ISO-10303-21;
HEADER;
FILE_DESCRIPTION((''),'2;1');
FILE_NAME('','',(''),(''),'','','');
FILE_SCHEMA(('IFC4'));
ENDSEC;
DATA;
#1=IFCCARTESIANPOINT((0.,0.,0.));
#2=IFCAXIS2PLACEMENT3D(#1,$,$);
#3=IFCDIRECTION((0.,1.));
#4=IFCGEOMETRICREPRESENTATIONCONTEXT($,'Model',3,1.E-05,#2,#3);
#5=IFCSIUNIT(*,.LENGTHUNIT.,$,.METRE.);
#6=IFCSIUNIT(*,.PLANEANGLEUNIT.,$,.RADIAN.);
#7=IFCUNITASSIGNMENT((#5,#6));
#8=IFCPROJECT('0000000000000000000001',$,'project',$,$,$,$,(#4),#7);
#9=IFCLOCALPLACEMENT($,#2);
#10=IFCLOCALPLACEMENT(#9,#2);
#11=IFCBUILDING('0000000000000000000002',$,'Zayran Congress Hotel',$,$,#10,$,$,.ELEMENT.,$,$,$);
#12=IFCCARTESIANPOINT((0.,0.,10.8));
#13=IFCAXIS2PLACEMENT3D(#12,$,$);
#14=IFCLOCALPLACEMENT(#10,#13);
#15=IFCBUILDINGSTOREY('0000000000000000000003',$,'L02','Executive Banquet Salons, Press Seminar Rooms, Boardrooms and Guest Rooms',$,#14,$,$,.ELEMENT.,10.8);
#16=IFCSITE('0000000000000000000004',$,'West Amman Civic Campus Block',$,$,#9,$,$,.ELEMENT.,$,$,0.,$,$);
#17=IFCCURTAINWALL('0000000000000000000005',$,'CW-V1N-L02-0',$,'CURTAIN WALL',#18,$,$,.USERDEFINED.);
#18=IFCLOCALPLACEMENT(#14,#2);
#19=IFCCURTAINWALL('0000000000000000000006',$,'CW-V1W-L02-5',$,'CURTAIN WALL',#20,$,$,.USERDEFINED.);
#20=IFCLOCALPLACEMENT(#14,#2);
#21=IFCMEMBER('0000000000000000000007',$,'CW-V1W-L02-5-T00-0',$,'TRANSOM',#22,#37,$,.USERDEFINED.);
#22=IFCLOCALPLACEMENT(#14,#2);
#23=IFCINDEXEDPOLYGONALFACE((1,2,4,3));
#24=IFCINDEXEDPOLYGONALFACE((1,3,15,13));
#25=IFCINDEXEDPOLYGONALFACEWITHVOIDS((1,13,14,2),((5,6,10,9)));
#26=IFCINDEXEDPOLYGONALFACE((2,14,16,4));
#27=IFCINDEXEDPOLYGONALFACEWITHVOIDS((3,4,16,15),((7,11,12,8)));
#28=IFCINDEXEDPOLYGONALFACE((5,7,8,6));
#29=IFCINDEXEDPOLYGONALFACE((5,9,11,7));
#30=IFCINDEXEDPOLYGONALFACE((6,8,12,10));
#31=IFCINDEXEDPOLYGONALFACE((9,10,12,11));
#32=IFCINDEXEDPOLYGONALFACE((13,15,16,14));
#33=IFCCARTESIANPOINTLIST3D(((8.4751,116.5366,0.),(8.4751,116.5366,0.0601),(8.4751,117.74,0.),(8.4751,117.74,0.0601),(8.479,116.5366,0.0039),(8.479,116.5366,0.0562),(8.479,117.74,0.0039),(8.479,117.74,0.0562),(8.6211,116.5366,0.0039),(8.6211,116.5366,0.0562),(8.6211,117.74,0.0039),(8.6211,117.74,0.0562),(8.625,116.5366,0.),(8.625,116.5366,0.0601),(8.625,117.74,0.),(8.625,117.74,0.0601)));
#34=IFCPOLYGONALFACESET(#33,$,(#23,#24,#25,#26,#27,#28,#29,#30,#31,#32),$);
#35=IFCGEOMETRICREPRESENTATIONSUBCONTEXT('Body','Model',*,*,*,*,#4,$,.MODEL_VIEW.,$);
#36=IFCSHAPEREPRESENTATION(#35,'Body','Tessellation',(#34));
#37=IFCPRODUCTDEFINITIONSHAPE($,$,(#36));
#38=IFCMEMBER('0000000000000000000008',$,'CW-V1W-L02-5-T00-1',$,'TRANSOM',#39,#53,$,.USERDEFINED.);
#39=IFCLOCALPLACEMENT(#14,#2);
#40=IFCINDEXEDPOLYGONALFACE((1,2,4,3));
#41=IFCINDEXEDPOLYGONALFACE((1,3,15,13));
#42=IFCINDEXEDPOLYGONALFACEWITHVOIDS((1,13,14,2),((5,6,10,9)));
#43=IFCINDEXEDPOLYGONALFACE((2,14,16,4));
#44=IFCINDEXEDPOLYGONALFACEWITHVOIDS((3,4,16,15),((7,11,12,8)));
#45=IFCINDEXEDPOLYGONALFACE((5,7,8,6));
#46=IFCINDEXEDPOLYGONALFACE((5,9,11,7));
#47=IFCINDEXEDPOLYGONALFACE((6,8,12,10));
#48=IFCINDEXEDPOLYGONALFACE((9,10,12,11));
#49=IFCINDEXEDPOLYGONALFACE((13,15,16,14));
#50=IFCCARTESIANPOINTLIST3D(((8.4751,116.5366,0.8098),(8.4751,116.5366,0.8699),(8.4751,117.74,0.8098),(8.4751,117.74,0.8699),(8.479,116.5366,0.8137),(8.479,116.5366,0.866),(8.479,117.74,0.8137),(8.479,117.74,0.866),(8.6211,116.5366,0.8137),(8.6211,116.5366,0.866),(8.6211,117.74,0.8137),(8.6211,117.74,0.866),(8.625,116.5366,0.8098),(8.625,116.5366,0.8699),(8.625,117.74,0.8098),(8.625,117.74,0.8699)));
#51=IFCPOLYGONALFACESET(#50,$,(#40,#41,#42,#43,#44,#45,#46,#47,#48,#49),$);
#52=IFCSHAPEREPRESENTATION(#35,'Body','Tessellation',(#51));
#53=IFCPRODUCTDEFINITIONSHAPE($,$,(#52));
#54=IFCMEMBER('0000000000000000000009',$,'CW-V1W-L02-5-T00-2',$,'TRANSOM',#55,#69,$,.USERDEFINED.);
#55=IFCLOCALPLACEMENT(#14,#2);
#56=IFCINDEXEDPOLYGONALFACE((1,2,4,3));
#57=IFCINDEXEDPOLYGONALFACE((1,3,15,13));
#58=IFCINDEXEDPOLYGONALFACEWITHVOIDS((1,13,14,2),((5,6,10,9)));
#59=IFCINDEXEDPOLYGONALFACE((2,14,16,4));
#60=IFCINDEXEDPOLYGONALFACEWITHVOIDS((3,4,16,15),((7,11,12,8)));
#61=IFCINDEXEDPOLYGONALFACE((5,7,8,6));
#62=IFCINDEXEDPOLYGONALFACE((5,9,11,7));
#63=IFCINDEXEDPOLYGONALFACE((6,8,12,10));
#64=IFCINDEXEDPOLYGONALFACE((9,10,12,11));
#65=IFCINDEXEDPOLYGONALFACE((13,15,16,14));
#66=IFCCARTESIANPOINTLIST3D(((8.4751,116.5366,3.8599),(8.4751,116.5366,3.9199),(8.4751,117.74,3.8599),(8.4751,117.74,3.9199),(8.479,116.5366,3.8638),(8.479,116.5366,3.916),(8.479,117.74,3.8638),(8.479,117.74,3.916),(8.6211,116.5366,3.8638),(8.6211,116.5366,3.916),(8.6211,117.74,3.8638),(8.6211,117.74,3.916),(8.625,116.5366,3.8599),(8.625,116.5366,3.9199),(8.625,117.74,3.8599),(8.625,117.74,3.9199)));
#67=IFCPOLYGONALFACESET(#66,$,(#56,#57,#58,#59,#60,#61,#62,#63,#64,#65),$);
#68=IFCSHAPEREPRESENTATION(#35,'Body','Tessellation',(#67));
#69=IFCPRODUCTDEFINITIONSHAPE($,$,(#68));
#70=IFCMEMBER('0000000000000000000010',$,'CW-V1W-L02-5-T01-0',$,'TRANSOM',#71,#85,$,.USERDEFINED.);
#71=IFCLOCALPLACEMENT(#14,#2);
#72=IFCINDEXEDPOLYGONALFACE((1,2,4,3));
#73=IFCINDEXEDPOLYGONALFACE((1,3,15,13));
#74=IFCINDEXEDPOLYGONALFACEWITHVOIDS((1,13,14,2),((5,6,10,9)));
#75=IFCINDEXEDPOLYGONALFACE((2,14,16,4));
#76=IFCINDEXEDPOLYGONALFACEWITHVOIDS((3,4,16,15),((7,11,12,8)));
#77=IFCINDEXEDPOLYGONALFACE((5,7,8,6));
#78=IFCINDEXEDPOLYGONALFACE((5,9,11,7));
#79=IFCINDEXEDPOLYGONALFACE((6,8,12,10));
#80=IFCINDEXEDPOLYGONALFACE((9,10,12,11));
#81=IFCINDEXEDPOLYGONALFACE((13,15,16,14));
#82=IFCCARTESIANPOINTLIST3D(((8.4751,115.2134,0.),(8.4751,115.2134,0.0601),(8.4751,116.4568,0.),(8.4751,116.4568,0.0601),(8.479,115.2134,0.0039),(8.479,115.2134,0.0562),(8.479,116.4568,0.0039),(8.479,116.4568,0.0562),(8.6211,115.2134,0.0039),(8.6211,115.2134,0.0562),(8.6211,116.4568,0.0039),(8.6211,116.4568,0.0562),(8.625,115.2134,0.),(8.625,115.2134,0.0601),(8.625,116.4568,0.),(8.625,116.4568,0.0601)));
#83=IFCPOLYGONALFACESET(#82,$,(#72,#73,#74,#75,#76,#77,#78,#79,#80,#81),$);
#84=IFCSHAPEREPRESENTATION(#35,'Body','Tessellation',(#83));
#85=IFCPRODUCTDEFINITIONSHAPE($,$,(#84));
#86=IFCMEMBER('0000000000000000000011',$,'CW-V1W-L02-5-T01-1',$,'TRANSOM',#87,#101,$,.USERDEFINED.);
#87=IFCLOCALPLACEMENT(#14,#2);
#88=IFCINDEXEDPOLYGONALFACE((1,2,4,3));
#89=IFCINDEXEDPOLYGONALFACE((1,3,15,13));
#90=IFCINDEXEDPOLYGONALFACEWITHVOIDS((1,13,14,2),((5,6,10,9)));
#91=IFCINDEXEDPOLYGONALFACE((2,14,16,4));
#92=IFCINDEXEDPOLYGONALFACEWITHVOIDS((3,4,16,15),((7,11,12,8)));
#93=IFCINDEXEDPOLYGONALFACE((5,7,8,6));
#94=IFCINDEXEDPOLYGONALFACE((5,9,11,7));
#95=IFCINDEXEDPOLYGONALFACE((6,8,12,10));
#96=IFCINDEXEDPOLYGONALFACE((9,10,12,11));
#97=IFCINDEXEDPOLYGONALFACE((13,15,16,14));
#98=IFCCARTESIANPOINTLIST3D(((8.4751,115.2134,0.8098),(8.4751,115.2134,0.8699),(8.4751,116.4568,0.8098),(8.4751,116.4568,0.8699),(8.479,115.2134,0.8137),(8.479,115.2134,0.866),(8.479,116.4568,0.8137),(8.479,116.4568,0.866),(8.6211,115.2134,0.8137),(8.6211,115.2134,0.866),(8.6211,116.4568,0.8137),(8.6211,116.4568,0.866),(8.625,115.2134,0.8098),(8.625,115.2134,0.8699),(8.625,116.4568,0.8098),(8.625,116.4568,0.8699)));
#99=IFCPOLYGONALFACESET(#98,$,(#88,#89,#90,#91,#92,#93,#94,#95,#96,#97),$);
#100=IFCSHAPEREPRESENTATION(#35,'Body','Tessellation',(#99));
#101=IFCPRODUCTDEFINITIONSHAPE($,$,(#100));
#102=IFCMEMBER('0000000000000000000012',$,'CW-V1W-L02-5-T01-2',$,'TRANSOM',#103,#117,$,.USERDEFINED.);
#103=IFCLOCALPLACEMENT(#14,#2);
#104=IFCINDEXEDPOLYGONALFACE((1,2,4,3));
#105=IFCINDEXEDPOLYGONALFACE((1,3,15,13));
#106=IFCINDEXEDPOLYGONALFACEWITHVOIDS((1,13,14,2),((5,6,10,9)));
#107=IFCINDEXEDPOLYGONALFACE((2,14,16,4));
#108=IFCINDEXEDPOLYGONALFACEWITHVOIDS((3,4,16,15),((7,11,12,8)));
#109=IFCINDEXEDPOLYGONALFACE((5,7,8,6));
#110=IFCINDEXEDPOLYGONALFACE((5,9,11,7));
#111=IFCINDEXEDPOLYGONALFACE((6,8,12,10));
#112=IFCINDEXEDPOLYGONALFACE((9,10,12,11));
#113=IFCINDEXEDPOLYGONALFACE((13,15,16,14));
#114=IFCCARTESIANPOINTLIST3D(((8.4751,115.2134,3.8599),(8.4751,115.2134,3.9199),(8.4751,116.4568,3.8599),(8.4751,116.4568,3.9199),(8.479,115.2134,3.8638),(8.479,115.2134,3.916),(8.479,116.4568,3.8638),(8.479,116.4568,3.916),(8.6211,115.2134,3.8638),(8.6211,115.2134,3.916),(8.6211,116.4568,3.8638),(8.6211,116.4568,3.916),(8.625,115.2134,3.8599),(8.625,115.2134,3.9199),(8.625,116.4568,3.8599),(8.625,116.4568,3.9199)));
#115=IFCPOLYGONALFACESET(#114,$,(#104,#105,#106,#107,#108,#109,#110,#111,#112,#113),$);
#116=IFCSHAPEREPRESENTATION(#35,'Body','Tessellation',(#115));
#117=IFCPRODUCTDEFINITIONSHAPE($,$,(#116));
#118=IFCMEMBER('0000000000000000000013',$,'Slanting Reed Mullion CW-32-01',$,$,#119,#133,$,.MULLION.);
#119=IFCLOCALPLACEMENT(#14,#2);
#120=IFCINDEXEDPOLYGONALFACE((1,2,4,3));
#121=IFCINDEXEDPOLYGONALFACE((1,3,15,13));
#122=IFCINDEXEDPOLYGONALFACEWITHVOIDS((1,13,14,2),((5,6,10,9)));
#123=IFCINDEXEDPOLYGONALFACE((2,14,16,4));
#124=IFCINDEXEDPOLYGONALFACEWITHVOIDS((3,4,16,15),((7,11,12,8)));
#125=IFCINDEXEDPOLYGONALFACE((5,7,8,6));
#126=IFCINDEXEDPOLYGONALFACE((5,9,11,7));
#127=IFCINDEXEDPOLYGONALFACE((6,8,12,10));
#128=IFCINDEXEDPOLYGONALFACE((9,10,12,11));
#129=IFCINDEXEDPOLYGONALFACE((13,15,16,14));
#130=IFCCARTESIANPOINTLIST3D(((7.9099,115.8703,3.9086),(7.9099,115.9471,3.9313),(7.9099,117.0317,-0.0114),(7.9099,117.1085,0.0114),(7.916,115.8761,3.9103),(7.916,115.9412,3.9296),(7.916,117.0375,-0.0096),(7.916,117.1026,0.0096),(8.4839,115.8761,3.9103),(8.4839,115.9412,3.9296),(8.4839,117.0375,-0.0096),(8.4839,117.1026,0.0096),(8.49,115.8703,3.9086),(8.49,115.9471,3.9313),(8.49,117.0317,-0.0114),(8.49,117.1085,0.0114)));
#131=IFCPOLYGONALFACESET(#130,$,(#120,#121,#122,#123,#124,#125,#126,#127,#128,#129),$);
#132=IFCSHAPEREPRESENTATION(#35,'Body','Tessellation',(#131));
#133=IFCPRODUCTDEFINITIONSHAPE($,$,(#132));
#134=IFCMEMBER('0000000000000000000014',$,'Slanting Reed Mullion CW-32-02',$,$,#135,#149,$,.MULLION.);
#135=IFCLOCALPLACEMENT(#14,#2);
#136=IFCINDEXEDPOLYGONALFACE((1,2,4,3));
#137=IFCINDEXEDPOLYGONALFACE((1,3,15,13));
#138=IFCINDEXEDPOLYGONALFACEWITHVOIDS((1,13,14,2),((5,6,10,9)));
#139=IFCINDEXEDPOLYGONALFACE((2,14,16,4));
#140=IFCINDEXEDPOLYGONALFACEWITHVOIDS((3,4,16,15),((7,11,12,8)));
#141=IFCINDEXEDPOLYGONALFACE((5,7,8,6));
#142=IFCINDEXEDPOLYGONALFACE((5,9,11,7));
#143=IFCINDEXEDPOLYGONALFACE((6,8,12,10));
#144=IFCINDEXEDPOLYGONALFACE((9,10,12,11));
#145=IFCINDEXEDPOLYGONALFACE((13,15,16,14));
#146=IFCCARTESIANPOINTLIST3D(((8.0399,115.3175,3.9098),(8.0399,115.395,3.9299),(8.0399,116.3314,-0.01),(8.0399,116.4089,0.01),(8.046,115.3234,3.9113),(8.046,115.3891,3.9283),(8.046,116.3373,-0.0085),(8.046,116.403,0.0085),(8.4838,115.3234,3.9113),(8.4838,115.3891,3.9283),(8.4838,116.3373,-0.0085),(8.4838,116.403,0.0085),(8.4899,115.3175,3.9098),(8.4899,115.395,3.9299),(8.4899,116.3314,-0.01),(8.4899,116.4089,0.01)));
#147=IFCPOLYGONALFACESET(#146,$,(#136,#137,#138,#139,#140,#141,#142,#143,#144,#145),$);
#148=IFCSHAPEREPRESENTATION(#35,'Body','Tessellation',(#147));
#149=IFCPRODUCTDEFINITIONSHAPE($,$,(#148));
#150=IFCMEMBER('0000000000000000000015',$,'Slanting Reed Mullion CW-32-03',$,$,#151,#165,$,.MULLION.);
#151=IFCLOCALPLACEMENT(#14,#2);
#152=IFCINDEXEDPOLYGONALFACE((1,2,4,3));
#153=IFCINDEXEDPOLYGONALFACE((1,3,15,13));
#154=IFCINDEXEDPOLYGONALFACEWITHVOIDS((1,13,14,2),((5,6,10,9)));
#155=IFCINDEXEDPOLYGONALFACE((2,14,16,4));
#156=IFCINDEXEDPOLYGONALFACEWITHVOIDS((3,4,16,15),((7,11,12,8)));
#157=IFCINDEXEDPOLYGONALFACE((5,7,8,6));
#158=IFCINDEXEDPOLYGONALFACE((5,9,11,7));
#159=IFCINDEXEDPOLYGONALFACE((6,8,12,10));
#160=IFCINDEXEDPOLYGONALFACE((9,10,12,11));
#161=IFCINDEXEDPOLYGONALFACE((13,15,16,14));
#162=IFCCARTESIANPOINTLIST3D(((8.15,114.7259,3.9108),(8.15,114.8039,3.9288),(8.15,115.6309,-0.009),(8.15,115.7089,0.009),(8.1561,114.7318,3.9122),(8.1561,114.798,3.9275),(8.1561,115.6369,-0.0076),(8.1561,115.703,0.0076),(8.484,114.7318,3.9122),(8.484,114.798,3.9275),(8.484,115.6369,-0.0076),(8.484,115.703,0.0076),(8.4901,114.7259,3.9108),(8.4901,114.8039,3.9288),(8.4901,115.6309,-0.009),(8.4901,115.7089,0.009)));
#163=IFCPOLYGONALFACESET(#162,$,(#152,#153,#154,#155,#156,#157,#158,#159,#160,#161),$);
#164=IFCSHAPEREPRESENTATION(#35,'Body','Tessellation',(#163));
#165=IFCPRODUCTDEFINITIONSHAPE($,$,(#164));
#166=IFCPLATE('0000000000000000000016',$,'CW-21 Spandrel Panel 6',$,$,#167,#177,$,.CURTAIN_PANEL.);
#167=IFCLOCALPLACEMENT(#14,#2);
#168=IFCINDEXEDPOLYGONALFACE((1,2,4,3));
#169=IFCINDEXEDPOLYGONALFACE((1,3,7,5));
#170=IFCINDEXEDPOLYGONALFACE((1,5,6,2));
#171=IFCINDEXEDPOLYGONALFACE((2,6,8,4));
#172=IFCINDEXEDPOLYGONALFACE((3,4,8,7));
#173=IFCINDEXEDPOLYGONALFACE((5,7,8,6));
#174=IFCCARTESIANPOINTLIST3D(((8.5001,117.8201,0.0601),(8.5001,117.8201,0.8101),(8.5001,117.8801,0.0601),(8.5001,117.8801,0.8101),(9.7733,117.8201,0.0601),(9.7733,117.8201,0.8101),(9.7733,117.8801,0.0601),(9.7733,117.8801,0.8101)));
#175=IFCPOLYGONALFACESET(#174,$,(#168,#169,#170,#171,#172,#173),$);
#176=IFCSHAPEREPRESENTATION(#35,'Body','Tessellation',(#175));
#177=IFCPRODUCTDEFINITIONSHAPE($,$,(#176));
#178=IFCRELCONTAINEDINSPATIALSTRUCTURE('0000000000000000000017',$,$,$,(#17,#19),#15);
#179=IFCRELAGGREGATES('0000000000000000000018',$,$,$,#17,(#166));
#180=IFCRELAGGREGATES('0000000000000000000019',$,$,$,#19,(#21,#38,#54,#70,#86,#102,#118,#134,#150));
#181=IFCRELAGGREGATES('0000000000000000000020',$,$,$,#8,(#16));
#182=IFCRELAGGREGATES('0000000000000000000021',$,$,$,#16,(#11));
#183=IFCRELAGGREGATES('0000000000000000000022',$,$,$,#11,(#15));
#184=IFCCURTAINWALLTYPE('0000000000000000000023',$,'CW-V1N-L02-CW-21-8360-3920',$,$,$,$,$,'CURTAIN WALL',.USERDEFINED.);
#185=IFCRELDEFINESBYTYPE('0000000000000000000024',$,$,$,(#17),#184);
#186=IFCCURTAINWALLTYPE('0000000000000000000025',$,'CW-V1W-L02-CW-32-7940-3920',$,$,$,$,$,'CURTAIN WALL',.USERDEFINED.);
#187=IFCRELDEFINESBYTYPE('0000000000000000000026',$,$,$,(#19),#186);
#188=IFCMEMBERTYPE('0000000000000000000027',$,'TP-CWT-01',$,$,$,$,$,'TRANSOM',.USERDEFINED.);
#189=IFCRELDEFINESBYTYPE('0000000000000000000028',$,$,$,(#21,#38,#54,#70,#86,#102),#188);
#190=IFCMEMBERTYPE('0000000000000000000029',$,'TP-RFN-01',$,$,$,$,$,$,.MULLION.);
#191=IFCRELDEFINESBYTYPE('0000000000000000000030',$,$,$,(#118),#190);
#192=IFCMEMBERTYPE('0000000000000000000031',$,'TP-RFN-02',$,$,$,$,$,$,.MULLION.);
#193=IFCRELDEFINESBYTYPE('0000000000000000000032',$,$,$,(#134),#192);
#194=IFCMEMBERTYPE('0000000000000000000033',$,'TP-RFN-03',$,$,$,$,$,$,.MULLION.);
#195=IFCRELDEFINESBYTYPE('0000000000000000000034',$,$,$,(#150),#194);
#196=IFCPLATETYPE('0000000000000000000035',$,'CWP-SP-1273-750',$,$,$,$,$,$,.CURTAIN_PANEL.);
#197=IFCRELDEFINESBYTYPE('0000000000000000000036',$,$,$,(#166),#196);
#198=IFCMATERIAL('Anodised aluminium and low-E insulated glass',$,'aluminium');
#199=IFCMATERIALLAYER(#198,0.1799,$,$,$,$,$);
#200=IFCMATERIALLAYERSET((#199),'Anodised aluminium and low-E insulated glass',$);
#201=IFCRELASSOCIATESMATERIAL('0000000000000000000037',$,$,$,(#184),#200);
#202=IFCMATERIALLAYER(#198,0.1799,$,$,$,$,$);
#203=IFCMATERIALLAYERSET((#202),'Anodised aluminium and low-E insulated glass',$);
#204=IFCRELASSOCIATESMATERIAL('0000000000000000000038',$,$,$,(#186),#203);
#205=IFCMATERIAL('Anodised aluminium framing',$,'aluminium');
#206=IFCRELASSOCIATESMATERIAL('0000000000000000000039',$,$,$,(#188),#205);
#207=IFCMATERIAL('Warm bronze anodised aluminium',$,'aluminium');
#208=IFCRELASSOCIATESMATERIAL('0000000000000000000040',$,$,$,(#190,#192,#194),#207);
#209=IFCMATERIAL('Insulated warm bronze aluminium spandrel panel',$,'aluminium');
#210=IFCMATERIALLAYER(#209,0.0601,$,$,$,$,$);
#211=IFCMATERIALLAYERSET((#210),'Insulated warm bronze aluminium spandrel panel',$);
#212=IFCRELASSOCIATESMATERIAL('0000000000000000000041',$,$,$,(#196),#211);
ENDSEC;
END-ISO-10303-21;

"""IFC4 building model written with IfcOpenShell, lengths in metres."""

from ifc_helpers import new_model, si_unit, direction, frame, origin, origin_2d, place, context, subcontext, project, spatial, rectangle, hollow_rectangle, extrude, material, layer, layer_set, material_profile, profile_set, type_object, element, aggregate, save


model = new_model("IFC4")

# Units and contexts
model_context = context("Model", 3, precision=1e-05, world=origin(), true_north=direction((0.0, 1.0)))
body_context = subcontext(model_context, "Body", "Model", "MODEL_VIEW")
ifc_project = project(units=[si_unit("LENGTHUNIT", "METRE"), si_unit("PLANEANGLEUNIT", "RADIAN")], contexts=[model_context])

# Site, building, storey
site_placement = place(None, origin())
site = spatial("IfcSite", under=ifc_project, at=site_placement, Name="West Amman Civic Campus Block", CompositionType="ELEMENT", RefElevation=0.0)
building_placement = place(site_placement, origin())
building = spatial("IfcBuilding", under=site, at=building_placement, Name="Zayran Congress Hotel", CompositionType="ELEMENT")
storey_placement = place(building_placement, frame((0.0, 0.0, 10.8)))
storey = spatial("IfcBuildingStorey", under=building, at=storey_placement, Name="L02", Description="Executive Banquet Salons, Press Seminar Rooms, Boardrooms and Guest Rooms", CompositionType="ELEMENT", Elevation=10.8)

# Curtain walls
ifc_material_1 = material(Name="Anodised aluminium and low-E insulated glass", Category="aluminium")
ifc_layer_1 = layer(ifc_material_1, 0.1799)
ifc_layer_set_1 = layer_set([ifc_layer_1], Name="Anodised aluminium and low-E insulated glass")
curtain_wall_type_1 = type_object("IfcCurtainWallType", Name="CW-V1N-L02-CW-21-8360-3920", ElementType="CURTAIN WALL", PredefinedType="USERDEFINED", material=ifc_layer_set_1)
curtain_wall_1_placement = place(storey_placement, origin())
curtain_wall_1 = element("IfcCurtainWall", 1, at=curtain_wall_1_placement, inside=storey, type_object=curtain_wall_type_1, Name="CW-V1N-L02-0", ObjectType="CURTAIN WALL", PredefinedType="USERDEFINED")
ifc_material_2 = material(Name="Anodised aluminium framing", Category="aluminium")
ifc_layer_2 = layer(ifc_material_1, 0.1799)
ifc_layer_set_2 = layer_set([ifc_layer_2], Name="Anodised aluminium and low-E insulated glass")
curtain_wall_type_2 = type_object("IfcCurtainWallType", Name="CW-V1W-L02-CW-32-7940-3920", ElementType="CURTAIN WALL", PredefinedType="USERDEFINED", material=ifc_layer_set_2)
curtain_wall_2_placement = place(storey_placement, origin())
curtain_wall_2 = element("IfcCurtainWall", 2, at=curtain_wall_2_placement, inside=storey, type_object=curtain_wall_type_2, Name="CW-V1W-L02-5", ObjectType="CURTAIN WALL", PredefinedType="USERDEFINED")

# Members
ifc_material_profile_1 = material_profile(ifc_material_2, hollow_rectangle(XDim=0.0601, YDim=0.1499, WallThickness=0.0039, at=origin_2d()), Name="RHS 150x60x4")
ifc_profile_set_1 = profile_set([ifc_material_profile_1], Name="Anodised aluminium framing")
member_type_1 = type_object("IfcMemberType", Name="TP-CWT-01", ElementType="TRANSOM", PredefinedType="USERDEFINED", material=ifc_profile_set_1)
member_1_placement = place(storey_placement, frame((8.55, 117.74, 0.03), z_axis=(0.0, -1.0, 0.0), x_axis=(0.0, 0.0, 1.0)))
member_1 = element("IfcMember", 3, at=member_1_placement, type_object=member_type_1, Name="CW-V1W-L02-5-T00-0", ObjectType="TRANSOM", PredefinedType="USERDEFINED", context=body_context, shape_type="SweptSolid", body=[
    extrude(hollow_rectangle(XDim=0.0601, YDim=0.1499, WallThickness=0.0039, at=origin_2d()), origin(), (0.0, 0.0, 1.0), 1.2034),
])
member_2_placement = place(storey_placement, frame((8.55, 117.74, 0.8398), z_axis=(0.0, -1.0, 0.0), x_axis=(0.0, 0.0, 1.0)))
member_2 = element("IfcMember", 4, at=member_2_placement, type_object=member_type_1, Name="CW-V1W-L02-5-T00-1", ObjectType="TRANSOM", PredefinedType="USERDEFINED", context=body_context, shape_type="SweptSolid", body=[
    extrude(hollow_rectangle(XDim=0.0601, YDim=0.1499, WallThickness=0.0039, at=origin_2d()), origin(), (0.0, 0.0, 1.0), 1.2034),
])
member_3_placement = place(storey_placement, frame((8.55, 117.74, 3.8899), z_axis=(0.0, -1.0, 0.0), x_axis=(0.0, 0.0, 1.0)))
member_3 = element("IfcMember", 5, at=member_3_placement, type_object=member_type_1, Name="CW-V1W-L02-5-T00-2", ObjectType="TRANSOM", PredefinedType="USERDEFINED", context=body_context, shape_type="SweptSolid", body=[
    extrude(hollow_rectangle(XDim=0.0601, YDim=0.1499, WallThickness=0.0039, at=origin_2d()), origin(), (0.0, 0.0, 1.0), 1.2034),
])
member_4_placement = place(storey_placement, frame((8.55, 116.4568, 0.03), z_axis=(0.0, -1.0, 0.0), x_axis=(0.0, 0.0, 1.0)))
member_4 = element("IfcMember", 6, at=member_4_placement, type_object=member_type_1, Name="CW-V1W-L02-5-T01-0", ObjectType="TRANSOM", PredefinedType="USERDEFINED", context=body_context, shape_type="SweptSolid", body=[
    extrude(hollow_rectangle(XDim=0.0601, YDim=0.1499, WallThickness=0.0039, at=origin_2d()), origin(), (0.0, 0.0, 1.0), 1.2434),
])
member_5_placement = place(storey_placement, frame((8.55, 116.4568, 0.8398), z_axis=(0.0, -1.0, 0.0), x_axis=(0.0, 0.0, 1.0)))
member_5 = element("IfcMember", 7, at=member_5_placement, type_object=member_type_1, Name="CW-V1W-L02-5-T01-1", ObjectType="TRANSOM", PredefinedType="USERDEFINED", context=body_context, shape_type="SweptSolid", body=[
    extrude(hollow_rectangle(XDim=0.0601, YDim=0.1499, WallThickness=0.0039, at=origin_2d()), origin(), (0.0, 0.0, 1.0), 1.2434),
])
member_6_placement = place(storey_placement, frame((8.55, 116.4568, 3.8899), z_axis=(0.0, -1.0, 0.0), x_axis=(0.0, 0.0, 1.0)))
member_6 = element("IfcMember", 8, at=member_6_placement, type_object=member_type_1, Name="CW-V1W-L02-5-T01-2", ObjectType="TRANSOM", PredefinedType="USERDEFINED", context=body_context, shape_type="SweptSolid", body=[
    extrude(hollow_rectangle(XDim=0.0601, YDim=0.1499, WallThickness=0.0039, at=origin_2d()), origin(), (0.0, 0.0, 1.0), 1.2434),
])
ifc_material_3 = material(Name="Warm bronze anodised aluminium", Category="aluminium")
ifc_material_profile_2 = material_profile(ifc_material_3, hollow_rectangle(XDim=0.0801, YDim=0.5801, WallThickness=0.0061, at=origin_2d()), Name="RHS 580x80x6")
ifc_profile_set_2 = profile_set([ifc_material_profile_2], Name="Warm bronze anodised aluminium")
member_type_2 = type_object("IfcMemberType", Name="TP-RFN-01", PredefinedType="MULLION", material=ifc_profile_set_2)
member_7_placement = place(storey_placement, frame((8.2, 117.0701, 0.0), z_axis=(0.0, -0.28407, 0.958804), x_axis=(0.0, 0.958804, 0.28407)))
member_7 = element("IfcMember", 9, at=member_7_placement, type_object=member_type_2, Name="Slanting Reed Mullion CW-32-01", PredefinedType="MULLION", context=body_context, shape_type="SweptSolid", body=[
    extrude(hollow_rectangle(XDim=0.0801, YDim=0.5801, WallThickness=0.0061, at=origin_2d()), origin(), (0.0, 0.0, 1.0), 4.0884),
])
ifc_material_profile_3 = material_profile(ifc_material_3, hollow_rectangle(XDim=0.0801, YDim=0.45, WallThickness=0.0061, at=origin_2d()), Name="RHS 450x80x6")
ifc_profile_set_3 = profile_set([ifc_material_profile_3], Name="Warm bronze anodised aluminium")
member_type_3 = type_object("IfcMemberType", Name="TP-RFN-02", PredefinedType="MULLION", material=ifc_profile_set_3)
member_8_placement = place(storey_placement, frame((8.2649, 116.3701, 0.0), z_axis=(0.0, -0.250416, 0.968138), x_axis=(0.0, 0.968138, 0.250416)))
member_8 = element("IfcMember", 10, at=member_8_placement, type_object=member_type_3, Name="Slanting Reed Mullion CW-32-02", PredefinedType="MULLION", context=body_context, shape_type="SweptSolid", body=[
    extrude(hollow_rectangle(XDim=0.0801, YDim=0.45, WallThickness=0.0061, at=origin_2d()), origin(), (0.0, 0.0, 1.0), 4.0488),
])
ifc_material_profile_4 = material_profile(ifc_material_3, hollow_rectangle(XDim=0.0801, YDim=0.3401, WallThickness=0.0061, at=origin_2d()), Name="RHS 340x80x6")
ifc_profile_set_4 = profile_set([ifc_material_profile_4], Name="Warm bronze anodised aluminium")
member_type_4 = type_object("IfcMemberType", Name="TP-RFN-03", PredefinedType="MULLION", material=ifc_profile_set_4)
member_9_placement = place(storey_placement, frame((8.3201, 115.6699, 0.0), z_axis=(0.0, -0.224961, 0.974368), x_axis=(0.0, 0.974368, 0.224961)))
member_9 = element("IfcMember", 11, at=member_9_placement, type_object=member_type_4, Name="Slanting Reed Mullion CW-32-03", PredefinedType="MULLION", context=body_context, shape_type="SweptSolid", body=[
    extrude(hollow_rectangle(XDim=0.0801, YDim=0.3401, WallThickness=0.0061, at=origin_2d()), origin(), (0.0, 0.0, 1.0), 4.0229),
])

# Plate
ifc_material_4 = material(Name="Insulated warm bronze aluminium spandrel panel", Category="aluminium")
ifc_layer_3 = layer(ifc_material_4, 0.0601)
ifc_layer_set_3 = layer_set([ifc_layer_3], Name="Insulated warm bronze aluminium spandrel panel")
plate_type_1 = type_object("IfcPlateType", Name="CWP-SP-1273-750", PredefinedType="CURTAIN_PANEL", material=ifc_layer_set_3)
plate_1_placement = place(storey_placement, frame((9.1367, 117.8501, 0.0601), z_axis=(0.0, 0.0, 1.0), x_axis=(1.0, 0.0, 0.0)))
plate_1 = element("IfcPlate", 12, at=plate_1_placement, type_object=plate_type_1, Name="CW-21 Spandrel Panel 6", PredefinedType="CURTAIN_PANEL", context=body_context, shape_type="SweptSolid", body=[
    extrude(rectangle(XDim=1.2732, YDim=0.0601, at=origin_2d()), origin(), (0.0, 0.0, 1.0), 0.75),
])
aggregate(curtain_wall_1, [plate_1])
aggregate(curtain_wall_2, [member_1, member_2, member_3, member_4, member_5, member_6, member_7, member_8, member_9])

save(model, "model.ifc")
